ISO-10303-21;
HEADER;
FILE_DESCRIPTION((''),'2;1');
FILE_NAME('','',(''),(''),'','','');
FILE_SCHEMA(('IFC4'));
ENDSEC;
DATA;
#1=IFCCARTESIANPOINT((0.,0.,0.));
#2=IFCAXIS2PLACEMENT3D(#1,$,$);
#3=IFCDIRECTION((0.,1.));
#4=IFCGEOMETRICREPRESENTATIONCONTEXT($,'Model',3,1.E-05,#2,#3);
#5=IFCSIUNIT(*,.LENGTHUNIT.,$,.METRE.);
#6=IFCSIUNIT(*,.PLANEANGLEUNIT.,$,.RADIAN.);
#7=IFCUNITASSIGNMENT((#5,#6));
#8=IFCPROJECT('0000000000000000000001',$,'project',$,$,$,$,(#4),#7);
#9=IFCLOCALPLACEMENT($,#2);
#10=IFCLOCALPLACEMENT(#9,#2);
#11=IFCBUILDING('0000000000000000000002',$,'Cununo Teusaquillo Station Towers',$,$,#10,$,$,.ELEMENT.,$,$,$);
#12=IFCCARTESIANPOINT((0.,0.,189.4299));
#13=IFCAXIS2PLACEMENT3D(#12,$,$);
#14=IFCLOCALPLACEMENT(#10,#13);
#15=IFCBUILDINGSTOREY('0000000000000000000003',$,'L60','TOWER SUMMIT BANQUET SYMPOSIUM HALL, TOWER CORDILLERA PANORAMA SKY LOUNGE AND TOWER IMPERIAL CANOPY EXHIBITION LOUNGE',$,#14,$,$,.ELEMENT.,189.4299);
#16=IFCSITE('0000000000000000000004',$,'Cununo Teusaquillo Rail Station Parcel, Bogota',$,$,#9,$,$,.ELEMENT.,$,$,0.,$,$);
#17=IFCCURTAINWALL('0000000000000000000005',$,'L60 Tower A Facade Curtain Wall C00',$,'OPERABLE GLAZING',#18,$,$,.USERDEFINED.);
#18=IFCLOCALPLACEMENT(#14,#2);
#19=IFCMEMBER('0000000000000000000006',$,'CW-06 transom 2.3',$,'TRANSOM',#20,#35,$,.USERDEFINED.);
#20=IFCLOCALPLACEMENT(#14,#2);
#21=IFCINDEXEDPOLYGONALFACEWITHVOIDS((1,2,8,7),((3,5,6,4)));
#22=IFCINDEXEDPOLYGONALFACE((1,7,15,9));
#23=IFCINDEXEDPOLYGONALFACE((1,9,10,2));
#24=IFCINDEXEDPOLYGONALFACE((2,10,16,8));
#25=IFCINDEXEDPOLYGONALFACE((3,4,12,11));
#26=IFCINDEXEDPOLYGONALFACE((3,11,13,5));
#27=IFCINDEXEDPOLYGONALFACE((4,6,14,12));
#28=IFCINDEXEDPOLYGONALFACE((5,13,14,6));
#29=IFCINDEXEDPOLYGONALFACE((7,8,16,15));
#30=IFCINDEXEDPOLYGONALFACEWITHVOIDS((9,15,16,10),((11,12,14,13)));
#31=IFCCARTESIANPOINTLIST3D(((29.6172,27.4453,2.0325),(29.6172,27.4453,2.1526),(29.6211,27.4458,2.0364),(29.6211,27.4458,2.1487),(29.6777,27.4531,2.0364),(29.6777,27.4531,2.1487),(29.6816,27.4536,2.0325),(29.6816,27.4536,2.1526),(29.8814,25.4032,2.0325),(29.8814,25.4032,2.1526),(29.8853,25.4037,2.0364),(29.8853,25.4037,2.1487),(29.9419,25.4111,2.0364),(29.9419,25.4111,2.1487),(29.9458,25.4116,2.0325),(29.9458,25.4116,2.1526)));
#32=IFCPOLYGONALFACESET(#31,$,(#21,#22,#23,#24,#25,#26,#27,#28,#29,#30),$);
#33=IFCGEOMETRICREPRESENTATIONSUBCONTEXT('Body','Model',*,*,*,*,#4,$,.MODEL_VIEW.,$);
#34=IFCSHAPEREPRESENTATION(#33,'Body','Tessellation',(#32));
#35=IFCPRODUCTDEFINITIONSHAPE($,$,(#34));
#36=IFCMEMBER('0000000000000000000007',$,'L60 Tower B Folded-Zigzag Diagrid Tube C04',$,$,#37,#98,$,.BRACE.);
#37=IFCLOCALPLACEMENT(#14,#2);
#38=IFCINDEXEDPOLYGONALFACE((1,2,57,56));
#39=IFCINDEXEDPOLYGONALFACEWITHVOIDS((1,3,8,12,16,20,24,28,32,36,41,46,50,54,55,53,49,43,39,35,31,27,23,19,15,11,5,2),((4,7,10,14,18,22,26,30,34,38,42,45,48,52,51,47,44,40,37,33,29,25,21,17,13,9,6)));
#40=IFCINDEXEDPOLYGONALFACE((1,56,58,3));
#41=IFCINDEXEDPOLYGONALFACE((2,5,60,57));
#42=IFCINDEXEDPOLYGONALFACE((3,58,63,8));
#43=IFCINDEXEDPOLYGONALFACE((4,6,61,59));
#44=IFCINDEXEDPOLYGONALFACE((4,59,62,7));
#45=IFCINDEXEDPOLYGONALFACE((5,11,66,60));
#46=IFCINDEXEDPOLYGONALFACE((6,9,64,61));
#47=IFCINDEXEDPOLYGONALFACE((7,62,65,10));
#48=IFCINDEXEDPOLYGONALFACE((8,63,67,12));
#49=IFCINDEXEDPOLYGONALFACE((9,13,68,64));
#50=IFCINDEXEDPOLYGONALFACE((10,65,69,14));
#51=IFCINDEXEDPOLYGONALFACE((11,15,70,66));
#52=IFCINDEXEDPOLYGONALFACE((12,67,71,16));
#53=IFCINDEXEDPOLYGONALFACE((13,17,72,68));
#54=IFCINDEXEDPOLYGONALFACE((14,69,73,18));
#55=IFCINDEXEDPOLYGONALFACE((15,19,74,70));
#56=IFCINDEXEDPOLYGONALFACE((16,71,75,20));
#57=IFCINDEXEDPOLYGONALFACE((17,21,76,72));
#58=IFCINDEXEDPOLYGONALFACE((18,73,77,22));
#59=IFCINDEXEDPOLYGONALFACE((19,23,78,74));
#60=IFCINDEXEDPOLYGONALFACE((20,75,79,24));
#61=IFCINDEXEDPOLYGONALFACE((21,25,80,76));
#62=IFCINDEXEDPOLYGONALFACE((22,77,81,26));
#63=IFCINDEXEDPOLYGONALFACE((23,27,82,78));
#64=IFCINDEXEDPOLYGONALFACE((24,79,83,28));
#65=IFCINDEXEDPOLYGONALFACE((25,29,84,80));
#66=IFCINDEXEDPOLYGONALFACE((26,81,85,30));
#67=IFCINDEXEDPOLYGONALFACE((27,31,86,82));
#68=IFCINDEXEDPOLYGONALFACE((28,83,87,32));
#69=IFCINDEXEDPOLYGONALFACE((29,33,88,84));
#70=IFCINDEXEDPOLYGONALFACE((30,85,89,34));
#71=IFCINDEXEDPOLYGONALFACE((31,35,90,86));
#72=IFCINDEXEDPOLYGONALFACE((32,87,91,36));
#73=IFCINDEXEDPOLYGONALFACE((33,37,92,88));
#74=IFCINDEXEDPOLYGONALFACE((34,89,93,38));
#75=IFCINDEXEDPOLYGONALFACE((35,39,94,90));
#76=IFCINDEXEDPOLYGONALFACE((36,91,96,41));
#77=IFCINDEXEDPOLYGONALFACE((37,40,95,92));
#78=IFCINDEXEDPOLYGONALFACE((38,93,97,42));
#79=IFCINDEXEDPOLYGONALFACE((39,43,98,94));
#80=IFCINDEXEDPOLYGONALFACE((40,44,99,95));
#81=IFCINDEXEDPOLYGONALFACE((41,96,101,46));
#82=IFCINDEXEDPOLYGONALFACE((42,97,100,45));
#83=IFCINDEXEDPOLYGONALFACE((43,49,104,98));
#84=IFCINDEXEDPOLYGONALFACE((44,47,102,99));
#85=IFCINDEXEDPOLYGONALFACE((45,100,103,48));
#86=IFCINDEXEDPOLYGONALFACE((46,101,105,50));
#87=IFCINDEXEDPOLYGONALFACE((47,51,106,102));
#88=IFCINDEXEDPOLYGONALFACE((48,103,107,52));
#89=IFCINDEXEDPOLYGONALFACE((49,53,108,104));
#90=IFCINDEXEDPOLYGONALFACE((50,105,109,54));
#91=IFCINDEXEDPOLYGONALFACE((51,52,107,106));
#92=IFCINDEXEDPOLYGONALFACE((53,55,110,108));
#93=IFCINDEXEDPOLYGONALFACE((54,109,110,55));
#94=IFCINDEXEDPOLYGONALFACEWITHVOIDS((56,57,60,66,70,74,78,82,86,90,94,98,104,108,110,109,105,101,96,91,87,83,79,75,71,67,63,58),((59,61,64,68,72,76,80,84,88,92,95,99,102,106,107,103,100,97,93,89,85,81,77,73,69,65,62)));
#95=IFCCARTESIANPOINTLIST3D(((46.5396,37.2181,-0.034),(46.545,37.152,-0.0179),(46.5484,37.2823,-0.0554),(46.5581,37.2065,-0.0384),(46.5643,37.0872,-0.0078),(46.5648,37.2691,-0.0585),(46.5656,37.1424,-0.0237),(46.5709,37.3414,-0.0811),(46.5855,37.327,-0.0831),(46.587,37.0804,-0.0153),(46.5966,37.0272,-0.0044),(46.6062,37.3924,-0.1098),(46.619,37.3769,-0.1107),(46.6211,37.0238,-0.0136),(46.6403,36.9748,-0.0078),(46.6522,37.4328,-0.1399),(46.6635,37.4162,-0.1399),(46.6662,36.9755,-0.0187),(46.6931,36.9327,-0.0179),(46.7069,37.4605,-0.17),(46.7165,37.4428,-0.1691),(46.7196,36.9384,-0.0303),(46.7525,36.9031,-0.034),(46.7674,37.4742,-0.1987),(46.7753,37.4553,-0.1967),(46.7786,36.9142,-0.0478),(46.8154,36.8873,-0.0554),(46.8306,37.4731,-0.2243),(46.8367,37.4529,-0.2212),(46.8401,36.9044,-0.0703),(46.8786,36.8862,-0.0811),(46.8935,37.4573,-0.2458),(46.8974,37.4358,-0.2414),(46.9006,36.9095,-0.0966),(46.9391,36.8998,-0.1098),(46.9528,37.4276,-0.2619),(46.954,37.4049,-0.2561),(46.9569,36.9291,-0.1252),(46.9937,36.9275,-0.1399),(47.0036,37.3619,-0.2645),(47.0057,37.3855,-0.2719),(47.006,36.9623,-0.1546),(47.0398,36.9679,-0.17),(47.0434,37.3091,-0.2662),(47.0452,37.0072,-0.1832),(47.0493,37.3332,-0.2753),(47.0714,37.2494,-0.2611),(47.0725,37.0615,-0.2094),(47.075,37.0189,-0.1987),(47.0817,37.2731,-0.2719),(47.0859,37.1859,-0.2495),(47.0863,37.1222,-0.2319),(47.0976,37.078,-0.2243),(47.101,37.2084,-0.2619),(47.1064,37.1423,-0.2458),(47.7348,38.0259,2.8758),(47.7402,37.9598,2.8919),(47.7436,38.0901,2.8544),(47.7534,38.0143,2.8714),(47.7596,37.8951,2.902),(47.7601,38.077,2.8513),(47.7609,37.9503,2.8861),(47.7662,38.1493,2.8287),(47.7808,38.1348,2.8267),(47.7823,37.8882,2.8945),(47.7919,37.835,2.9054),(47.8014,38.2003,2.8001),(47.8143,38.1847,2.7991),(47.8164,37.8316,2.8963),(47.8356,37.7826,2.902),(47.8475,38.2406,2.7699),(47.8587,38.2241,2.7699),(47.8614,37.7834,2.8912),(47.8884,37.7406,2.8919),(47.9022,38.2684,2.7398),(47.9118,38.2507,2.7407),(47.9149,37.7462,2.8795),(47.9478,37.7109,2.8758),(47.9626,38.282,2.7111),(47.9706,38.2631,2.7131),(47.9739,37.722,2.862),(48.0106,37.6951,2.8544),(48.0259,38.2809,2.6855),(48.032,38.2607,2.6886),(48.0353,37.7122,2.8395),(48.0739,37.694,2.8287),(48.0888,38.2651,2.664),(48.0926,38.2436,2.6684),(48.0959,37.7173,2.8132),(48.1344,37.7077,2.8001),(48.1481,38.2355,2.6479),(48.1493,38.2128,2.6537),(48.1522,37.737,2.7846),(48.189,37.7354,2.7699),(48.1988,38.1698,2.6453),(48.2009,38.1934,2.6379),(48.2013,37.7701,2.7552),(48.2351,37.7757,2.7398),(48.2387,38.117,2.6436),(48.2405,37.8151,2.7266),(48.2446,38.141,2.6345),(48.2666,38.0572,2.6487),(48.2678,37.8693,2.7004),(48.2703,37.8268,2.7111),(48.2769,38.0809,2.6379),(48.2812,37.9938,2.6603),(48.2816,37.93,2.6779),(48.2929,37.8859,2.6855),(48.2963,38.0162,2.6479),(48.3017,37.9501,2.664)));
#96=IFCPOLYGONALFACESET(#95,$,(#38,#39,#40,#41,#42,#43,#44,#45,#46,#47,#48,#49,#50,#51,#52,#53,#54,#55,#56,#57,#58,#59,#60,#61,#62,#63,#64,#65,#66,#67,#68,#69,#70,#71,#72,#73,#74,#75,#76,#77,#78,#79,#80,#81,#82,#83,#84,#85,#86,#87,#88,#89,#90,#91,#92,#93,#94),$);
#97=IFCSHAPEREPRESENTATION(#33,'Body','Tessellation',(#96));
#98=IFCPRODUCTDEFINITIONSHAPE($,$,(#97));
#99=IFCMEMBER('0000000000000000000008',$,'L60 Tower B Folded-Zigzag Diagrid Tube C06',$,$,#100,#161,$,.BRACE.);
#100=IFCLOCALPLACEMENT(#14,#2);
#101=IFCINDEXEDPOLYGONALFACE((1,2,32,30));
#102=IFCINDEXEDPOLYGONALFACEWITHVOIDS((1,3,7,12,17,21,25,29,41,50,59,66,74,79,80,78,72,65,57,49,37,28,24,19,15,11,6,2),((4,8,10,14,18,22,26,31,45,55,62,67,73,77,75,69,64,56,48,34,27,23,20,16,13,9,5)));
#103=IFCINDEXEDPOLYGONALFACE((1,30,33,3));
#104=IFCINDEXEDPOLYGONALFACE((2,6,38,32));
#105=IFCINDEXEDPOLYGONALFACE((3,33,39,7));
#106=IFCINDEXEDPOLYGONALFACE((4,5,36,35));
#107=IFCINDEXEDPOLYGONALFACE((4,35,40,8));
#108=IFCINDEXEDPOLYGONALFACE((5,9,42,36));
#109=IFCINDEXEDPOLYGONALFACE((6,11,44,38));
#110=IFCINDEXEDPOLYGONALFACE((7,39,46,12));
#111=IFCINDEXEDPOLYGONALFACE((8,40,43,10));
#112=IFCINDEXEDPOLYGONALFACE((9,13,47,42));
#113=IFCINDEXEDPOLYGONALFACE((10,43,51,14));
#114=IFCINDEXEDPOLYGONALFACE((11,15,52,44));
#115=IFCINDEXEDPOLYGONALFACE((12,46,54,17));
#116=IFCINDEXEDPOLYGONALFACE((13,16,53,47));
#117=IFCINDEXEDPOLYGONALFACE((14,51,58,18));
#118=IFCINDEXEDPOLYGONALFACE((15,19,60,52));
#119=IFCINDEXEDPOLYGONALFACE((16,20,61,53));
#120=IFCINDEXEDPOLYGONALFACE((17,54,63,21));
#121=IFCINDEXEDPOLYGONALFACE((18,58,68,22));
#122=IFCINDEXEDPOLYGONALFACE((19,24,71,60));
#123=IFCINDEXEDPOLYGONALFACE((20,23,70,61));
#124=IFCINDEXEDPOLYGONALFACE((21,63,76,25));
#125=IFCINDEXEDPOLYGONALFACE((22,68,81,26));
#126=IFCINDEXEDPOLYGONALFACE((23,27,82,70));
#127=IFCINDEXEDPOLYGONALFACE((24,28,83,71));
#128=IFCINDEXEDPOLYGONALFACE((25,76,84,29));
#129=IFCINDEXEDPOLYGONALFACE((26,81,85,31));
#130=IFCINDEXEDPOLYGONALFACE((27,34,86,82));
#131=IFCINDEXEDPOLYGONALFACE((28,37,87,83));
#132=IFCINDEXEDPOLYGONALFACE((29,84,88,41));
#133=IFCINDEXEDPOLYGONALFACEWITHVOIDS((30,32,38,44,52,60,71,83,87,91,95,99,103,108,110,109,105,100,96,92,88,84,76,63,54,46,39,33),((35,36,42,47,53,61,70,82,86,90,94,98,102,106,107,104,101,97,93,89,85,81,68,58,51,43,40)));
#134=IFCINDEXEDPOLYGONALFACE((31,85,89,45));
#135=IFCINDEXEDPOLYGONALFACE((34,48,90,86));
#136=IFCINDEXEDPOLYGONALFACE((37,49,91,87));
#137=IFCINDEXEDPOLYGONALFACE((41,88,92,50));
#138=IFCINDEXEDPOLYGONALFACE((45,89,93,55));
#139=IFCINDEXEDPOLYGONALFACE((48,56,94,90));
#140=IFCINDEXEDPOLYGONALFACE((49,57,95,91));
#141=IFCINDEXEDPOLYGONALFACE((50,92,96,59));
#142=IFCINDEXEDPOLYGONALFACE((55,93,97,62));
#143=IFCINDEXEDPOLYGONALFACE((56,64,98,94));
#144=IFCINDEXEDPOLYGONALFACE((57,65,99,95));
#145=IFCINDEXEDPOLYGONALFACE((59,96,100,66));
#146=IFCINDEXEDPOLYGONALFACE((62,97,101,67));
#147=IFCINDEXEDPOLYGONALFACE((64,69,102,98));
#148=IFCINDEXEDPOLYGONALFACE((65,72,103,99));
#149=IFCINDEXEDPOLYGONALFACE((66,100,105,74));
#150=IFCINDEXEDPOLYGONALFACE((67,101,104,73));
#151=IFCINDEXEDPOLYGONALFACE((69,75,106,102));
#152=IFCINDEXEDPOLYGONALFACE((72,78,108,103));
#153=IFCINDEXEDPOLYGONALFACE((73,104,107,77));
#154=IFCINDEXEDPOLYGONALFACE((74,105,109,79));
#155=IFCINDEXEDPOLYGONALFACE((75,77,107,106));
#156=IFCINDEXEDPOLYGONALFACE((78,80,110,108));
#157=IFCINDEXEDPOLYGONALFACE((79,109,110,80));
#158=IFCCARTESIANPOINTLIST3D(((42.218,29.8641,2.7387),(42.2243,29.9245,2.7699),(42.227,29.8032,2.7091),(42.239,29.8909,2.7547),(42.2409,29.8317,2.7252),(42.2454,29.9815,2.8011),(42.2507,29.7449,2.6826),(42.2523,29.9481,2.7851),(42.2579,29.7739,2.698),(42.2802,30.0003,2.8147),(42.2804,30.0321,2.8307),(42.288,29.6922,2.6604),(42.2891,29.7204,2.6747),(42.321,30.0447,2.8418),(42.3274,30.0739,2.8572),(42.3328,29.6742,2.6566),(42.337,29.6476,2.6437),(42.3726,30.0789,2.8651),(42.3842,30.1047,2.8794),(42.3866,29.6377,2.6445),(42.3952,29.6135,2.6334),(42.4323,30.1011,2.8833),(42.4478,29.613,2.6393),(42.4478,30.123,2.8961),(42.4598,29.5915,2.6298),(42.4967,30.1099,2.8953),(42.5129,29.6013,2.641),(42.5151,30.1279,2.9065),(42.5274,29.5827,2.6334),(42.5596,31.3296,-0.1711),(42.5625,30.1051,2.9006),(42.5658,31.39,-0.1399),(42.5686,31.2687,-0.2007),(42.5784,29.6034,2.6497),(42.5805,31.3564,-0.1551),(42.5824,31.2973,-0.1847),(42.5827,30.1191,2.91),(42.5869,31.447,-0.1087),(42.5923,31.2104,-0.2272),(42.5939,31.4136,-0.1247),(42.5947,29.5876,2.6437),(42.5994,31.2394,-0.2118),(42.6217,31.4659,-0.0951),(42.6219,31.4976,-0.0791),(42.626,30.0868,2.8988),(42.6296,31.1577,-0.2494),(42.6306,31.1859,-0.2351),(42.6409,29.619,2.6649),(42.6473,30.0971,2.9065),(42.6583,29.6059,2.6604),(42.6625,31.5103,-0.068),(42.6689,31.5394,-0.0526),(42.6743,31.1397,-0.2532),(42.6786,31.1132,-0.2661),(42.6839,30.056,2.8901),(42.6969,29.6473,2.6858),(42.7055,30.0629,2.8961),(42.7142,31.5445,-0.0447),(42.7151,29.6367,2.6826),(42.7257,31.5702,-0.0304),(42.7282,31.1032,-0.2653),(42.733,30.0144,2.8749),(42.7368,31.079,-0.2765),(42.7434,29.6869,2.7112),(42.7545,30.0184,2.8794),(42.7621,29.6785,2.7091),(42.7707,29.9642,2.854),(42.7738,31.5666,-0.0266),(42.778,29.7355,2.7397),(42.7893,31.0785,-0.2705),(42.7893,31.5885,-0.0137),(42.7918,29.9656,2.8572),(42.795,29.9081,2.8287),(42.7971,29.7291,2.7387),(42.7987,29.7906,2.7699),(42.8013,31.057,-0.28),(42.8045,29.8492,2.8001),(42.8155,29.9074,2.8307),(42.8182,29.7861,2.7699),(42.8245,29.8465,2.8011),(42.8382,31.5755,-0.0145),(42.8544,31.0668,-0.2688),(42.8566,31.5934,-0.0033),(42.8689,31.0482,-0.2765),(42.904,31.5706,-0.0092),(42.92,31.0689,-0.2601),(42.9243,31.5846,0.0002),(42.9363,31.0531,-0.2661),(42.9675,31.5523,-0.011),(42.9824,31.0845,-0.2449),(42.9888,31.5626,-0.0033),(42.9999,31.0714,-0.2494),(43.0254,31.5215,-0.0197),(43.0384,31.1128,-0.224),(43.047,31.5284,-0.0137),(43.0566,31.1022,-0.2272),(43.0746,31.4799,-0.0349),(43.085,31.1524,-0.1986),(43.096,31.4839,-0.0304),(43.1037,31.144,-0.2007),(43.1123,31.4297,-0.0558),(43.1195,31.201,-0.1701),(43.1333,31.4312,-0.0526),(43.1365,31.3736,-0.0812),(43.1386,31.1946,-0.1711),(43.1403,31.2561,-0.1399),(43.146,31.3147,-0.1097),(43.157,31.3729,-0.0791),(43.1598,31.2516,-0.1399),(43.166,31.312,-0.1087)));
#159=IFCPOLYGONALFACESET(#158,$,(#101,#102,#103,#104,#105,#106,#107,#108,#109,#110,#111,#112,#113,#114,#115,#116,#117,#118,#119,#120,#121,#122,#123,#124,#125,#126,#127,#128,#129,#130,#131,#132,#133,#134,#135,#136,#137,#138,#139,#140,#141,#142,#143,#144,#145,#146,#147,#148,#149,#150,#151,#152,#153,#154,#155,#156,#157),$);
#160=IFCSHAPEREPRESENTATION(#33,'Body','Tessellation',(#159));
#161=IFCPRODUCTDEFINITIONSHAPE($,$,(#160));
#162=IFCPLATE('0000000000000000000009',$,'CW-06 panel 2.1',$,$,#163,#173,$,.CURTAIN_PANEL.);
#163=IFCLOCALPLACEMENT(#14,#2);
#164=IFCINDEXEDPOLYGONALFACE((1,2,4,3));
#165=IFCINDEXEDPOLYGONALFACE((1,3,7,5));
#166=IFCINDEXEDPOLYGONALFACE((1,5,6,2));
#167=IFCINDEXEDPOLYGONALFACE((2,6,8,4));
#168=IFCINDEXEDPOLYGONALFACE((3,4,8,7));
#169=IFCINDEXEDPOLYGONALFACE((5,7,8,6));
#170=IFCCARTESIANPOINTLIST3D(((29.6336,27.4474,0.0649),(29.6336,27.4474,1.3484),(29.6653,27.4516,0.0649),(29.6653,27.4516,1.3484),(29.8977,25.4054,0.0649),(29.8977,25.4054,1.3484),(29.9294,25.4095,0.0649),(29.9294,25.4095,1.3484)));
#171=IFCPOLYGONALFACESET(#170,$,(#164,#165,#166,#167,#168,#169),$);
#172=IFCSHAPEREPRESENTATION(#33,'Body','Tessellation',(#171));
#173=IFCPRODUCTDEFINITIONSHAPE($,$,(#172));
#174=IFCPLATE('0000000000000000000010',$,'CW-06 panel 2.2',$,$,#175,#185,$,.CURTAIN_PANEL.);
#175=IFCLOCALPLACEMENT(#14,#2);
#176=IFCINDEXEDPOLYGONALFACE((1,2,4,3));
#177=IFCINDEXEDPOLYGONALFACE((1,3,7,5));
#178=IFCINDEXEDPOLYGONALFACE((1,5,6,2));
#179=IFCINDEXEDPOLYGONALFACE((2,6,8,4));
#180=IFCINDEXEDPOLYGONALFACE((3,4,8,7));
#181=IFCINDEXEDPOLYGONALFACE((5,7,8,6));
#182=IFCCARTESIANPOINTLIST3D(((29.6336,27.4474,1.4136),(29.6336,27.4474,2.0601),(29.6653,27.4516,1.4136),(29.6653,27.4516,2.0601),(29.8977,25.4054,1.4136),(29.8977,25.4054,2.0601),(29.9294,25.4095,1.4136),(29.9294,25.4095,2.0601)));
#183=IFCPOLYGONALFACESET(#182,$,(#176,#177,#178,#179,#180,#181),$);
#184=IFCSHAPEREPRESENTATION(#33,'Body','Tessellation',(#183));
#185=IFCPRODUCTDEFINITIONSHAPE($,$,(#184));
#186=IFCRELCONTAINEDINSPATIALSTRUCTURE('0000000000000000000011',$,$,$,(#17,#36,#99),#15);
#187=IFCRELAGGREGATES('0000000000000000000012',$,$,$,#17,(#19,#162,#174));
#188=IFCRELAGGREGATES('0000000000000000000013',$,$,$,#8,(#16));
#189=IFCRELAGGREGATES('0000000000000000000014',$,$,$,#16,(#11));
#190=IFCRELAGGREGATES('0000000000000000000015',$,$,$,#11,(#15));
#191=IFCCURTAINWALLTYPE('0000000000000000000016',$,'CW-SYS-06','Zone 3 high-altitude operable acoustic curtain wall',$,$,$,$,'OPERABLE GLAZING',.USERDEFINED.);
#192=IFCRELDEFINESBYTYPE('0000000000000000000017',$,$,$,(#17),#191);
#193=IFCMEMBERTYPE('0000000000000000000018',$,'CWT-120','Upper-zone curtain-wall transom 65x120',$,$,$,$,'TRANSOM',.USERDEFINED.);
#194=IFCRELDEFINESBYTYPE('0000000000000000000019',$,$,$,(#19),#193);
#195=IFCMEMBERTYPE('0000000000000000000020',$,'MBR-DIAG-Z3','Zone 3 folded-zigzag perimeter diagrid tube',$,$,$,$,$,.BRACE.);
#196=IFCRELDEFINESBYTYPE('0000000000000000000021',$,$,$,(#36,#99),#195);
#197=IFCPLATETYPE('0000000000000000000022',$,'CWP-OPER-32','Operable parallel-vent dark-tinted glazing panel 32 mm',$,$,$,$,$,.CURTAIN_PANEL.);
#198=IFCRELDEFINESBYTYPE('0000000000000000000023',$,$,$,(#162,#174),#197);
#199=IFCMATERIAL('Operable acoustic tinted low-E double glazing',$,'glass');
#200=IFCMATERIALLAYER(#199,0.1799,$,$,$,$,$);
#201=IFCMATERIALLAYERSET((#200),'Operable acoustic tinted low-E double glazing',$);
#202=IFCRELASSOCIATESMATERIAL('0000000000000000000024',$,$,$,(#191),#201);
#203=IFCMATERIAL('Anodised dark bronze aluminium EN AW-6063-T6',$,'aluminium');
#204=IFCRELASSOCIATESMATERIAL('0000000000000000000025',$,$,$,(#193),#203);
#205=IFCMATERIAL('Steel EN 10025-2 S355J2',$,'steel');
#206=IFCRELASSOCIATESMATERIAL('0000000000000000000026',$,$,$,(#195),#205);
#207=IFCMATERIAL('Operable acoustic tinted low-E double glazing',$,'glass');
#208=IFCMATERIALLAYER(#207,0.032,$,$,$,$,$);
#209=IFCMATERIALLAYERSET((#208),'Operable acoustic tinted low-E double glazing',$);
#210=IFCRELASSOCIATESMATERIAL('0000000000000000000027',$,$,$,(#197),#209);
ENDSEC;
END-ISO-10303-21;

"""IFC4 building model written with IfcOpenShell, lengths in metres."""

from ifc_helpers import new_model, si_unit, direction, frame, origin, origin_2d, place, context, subcontext, project, spatial, rectangle, hollow_rectangle, hollow_circle, extrude, source, transform, mapped, material, layer, layer_set, material_profile, profile_set, type_object, element, aggregate, save


model = new_model("IFC4")

# Units and contexts
model_context = context("Model", 3, precision=1e-05, world=origin(), true_north=direction((0.0, 1.0)))
body_context = subcontext(model_context, "Body", "Model", "MODEL_VIEW")
ifc_project = project(units=[si_unit("LENGTHUNIT", "METRE"), si_unit("PLANEANGLEUNIT", "RADIAN")], contexts=[model_context])

# Site, building, storey
site_placement = place(None, origin())
site = spatial("IfcSite", under=ifc_project, at=site_placement, Name="Cununo Teusaquillo Rail Station Parcel, Bogota", CompositionType="ELEMENT", RefElevation=0.0)
building_placement = place(site_placement, origin())
building = spatial("IfcBuilding", under=site, at=building_placement, Name="Cununo Teusaquillo Station Towers", CompositionType="ELEMENT")
storey_placement = place(building_placement, frame((0.0, 0.0, 189.4299)))
storey = spatial("IfcBuildingStorey", under=building, at=storey_placement, Name="L60", Description="TOWER SUMMIT BANQUET SYMPOSIUM HALL, TOWER CORDILLERA PANORAMA SKY LOUNGE AND TOWER IMPERIAL CANOPY EXHIBITION LOUNGE", CompositionType="ELEMENT", Elevation=189.4299)

# Curtain wall, member
ifc_material_1 = material(Name="Operable acoustic tinted low-E double glazing", Category="glass")
ifc_layer_1 = layer(ifc_material_1, 0.1799)
ifc_layer_set_1 = layer_set([ifc_layer_1], Name="Operable acoustic tinted low-E double glazing")
curtain_wall_type = type_object("IfcCurtainWallType", Name="CW-SYS-06", Description="Zone 3 high-altitude operable acoustic curtain wall", ElementType="OPERABLE GLAZING", PredefinedType="USERDEFINED", material=ifc_layer_set_1)
curtain_wall_placement = place(storey_placement, origin())
curtain_wall = element("IfcCurtainWall", 1, at=curtain_wall_placement, inside=storey, type_object=curtain_wall_type, Name="L60 Tower A Facade Curtain Wall C00", ObjectType="OPERABLE GLAZING", PredefinedType="USERDEFINED")
ifc_material_2 = material(Name="Anodised dark bronze aluminium EN AW-6063-T6", Category="aluminium")
ifc_material_profile_1 = material_profile(ifc_material_2, hollow_rectangle(XDim=0.0649, YDim=0.1201, WallThickness=0.0039, at=origin_2d()), Name="CW-TRAN-65x120")
ifc_profile_set_1 = profile_set([ifc_material_profile_1], Name="Anodised dark bronze aluminium EN AW-6063-T6")
member_type_1 = type_object("IfcMemberType", Name="CWT-120", Description="Upper-zone curtain-wall transom 65x120", ElementType="TRANSOM", PredefinedType="USERDEFINED", material=ifc_profile_set_1)
member_1_placement = place(storey_placement, frame((29.6494, 27.4495, 2.0925), z_axis=(0.128295, -0.991736, 0.0), x_axis=(0.991736, 0.128295, 0.0)))
member_1 = element("IfcMember", 2, at=member_1_placement, type_object=member_type_1, Name="CW-06 transom 2.3", ObjectType="TRANSOM", PredefinedType="USERDEFINED", context=body_context, shape_type="SweptSolid", body=[
    extrude(hollow_rectangle(XDim=0.0649, YDim=0.1201, WallThickness=0.0039, at=origin_2d()), origin(), (0.0, 0.0, 1.0), 2.0591),
])

# Members
ifc_material_3 = material(Name="Steel EN 10025-2 S355J2", Category="steel")
ifc_material_profile_2 = material_profile(ifc_material_3, hollow_circle(Radius=0.3049, WallThickness=0.02, at=origin_2d()), Name="CHS 610x20")
ifc_profile_set_2 = profile_set([ifc_material_profile_2], Name="Steel EN 10025-2 S355J2")
member_type_2 = type_object("IfcMemberType", Name="MBR-DIAG-Z3", Description="Zone 3 folded-zigzag perimeter diagrid tube", PredefinedType="BRACE", material=ifc_profile_set_2)
member_2_placement = place(storey_placement, frame((46.823, 37.1802, -0.1399), z_axis=(0.368024, 0.248732, 0.89593), x_axis=(-0.559961, 0.828519, 0.0)))
element("IfcMember", 3, at=member_2_placement, inside=storey, type_object=member_type_2, Name="L60 Tower B Folded-Zigzag Diagrid Tube C04", PredefinedType="BRACE", context=body_context, shape_type="SweptSolid", body=[
    extrude(hollow_circle(Radius=0.3049, WallThickness=0.02, at=origin_2d()), origin(), (0.0, 0.0, 1.0), 3.2478),
])
member_3_placement = place(storey_placement, frame((42.8628, 31.3208, -0.1399), z_axis=(-0.104259, -0.447368, 0.888252), x_axis=(0.973902, -0.226968, 0.0)))
element("IfcMember", 4, at=member_3_placement, inside=storey, type_object=member_type_2, Name="L60 Tower B Folded-Zigzag Diagrid Tube C06", PredefinedType="BRACE", context=body_context, shape_type="SweptSolid", body=[
    extrude(hollow_circle(Radius=0.3049, WallThickness=0.02, at=origin_2d()), origin(), (0.0, 0.0, 1.0), 3.2759),
])

# Plates
ifc_material_4 = material(Name="Operable acoustic tinted low-E double glazing", Category="glass")
ifc_layer_2 = layer(ifc_material_4, 0.032)
ifc_layer_set_2 = layer_set([ifc_layer_2], Name="Operable acoustic tinted low-E double glazing")
plate_type = type_object("IfcPlateType", Name="CWP-OPER-32", Description="Operable parallel-vent dark-tinted glazing panel 32 mm", PredefinedType="CURTAIN_PANEL", material=ifc_layer_set_2)
shared_shape_1 = source(origin(), body_context, "Body", "SweptSolid", [
    extrude(rectangle(XDim=2.0591, YDim=0.032, at=origin_2d()), origin(), (0.0, 0.0, 1.0), 1.2834),
])
plate_1_placement = place(storey_placement, frame((29.7815, 26.4285, 0.0649), z_axis=(0.0, 0.0, 1.0), x_axis=(0.128285, -0.991737, 0.0)))
plate_1 = element("IfcPlate", 5, at=plate_1_placement, type_object=plate_type, Name="CW-06 panel 2.1", PredefinedType="CURTAIN_PANEL", context=body_context, shape_type="MappedRepresentation", body=[
    mapped(shared_shape_1, transform((0.0, 0.0, 0.0), x_axis=(1.0, 0.0, 0.0), y_axis=(0.0, 1.0, 0.0), z_axis=(0.0, 0.0, 1.0), scale=1.0)),
])
shared_shape_2 = source(origin(), body_context, "Body", "SweptSolid", [
    extrude(rectangle(XDim=2.0591, YDim=0.032, at=origin_2d()), origin(), (0.0, 0.0, 1.0), 0.6465),
])
plate_2_placement = place(storey_placement, frame((29.7815, 26.4285, 1.4136), z_axis=(0.0, 0.0, 1.0), x_axis=(0.128285, -0.991737, 0.0)))
plate_2 = element("IfcPlate", 6, at=plate_2_placement, type_object=plate_type, Name="CW-06 panel 2.2", PredefinedType="CURTAIN_PANEL", context=body_context, shape_type="MappedRepresentation", body=[
    mapped(shared_shape_2, transform((0.0, 0.0, 0.0), x_axis=(1.0, 0.0, 0.0), y_axis=(0.0, 1.0, 0.0), z_axis=(0.0, 0.0, 1.0), scale=1.0)),
])
aggregate(curtain_wall, [member_1, plate_1, plate_2])

save(model, "model.ifc")
